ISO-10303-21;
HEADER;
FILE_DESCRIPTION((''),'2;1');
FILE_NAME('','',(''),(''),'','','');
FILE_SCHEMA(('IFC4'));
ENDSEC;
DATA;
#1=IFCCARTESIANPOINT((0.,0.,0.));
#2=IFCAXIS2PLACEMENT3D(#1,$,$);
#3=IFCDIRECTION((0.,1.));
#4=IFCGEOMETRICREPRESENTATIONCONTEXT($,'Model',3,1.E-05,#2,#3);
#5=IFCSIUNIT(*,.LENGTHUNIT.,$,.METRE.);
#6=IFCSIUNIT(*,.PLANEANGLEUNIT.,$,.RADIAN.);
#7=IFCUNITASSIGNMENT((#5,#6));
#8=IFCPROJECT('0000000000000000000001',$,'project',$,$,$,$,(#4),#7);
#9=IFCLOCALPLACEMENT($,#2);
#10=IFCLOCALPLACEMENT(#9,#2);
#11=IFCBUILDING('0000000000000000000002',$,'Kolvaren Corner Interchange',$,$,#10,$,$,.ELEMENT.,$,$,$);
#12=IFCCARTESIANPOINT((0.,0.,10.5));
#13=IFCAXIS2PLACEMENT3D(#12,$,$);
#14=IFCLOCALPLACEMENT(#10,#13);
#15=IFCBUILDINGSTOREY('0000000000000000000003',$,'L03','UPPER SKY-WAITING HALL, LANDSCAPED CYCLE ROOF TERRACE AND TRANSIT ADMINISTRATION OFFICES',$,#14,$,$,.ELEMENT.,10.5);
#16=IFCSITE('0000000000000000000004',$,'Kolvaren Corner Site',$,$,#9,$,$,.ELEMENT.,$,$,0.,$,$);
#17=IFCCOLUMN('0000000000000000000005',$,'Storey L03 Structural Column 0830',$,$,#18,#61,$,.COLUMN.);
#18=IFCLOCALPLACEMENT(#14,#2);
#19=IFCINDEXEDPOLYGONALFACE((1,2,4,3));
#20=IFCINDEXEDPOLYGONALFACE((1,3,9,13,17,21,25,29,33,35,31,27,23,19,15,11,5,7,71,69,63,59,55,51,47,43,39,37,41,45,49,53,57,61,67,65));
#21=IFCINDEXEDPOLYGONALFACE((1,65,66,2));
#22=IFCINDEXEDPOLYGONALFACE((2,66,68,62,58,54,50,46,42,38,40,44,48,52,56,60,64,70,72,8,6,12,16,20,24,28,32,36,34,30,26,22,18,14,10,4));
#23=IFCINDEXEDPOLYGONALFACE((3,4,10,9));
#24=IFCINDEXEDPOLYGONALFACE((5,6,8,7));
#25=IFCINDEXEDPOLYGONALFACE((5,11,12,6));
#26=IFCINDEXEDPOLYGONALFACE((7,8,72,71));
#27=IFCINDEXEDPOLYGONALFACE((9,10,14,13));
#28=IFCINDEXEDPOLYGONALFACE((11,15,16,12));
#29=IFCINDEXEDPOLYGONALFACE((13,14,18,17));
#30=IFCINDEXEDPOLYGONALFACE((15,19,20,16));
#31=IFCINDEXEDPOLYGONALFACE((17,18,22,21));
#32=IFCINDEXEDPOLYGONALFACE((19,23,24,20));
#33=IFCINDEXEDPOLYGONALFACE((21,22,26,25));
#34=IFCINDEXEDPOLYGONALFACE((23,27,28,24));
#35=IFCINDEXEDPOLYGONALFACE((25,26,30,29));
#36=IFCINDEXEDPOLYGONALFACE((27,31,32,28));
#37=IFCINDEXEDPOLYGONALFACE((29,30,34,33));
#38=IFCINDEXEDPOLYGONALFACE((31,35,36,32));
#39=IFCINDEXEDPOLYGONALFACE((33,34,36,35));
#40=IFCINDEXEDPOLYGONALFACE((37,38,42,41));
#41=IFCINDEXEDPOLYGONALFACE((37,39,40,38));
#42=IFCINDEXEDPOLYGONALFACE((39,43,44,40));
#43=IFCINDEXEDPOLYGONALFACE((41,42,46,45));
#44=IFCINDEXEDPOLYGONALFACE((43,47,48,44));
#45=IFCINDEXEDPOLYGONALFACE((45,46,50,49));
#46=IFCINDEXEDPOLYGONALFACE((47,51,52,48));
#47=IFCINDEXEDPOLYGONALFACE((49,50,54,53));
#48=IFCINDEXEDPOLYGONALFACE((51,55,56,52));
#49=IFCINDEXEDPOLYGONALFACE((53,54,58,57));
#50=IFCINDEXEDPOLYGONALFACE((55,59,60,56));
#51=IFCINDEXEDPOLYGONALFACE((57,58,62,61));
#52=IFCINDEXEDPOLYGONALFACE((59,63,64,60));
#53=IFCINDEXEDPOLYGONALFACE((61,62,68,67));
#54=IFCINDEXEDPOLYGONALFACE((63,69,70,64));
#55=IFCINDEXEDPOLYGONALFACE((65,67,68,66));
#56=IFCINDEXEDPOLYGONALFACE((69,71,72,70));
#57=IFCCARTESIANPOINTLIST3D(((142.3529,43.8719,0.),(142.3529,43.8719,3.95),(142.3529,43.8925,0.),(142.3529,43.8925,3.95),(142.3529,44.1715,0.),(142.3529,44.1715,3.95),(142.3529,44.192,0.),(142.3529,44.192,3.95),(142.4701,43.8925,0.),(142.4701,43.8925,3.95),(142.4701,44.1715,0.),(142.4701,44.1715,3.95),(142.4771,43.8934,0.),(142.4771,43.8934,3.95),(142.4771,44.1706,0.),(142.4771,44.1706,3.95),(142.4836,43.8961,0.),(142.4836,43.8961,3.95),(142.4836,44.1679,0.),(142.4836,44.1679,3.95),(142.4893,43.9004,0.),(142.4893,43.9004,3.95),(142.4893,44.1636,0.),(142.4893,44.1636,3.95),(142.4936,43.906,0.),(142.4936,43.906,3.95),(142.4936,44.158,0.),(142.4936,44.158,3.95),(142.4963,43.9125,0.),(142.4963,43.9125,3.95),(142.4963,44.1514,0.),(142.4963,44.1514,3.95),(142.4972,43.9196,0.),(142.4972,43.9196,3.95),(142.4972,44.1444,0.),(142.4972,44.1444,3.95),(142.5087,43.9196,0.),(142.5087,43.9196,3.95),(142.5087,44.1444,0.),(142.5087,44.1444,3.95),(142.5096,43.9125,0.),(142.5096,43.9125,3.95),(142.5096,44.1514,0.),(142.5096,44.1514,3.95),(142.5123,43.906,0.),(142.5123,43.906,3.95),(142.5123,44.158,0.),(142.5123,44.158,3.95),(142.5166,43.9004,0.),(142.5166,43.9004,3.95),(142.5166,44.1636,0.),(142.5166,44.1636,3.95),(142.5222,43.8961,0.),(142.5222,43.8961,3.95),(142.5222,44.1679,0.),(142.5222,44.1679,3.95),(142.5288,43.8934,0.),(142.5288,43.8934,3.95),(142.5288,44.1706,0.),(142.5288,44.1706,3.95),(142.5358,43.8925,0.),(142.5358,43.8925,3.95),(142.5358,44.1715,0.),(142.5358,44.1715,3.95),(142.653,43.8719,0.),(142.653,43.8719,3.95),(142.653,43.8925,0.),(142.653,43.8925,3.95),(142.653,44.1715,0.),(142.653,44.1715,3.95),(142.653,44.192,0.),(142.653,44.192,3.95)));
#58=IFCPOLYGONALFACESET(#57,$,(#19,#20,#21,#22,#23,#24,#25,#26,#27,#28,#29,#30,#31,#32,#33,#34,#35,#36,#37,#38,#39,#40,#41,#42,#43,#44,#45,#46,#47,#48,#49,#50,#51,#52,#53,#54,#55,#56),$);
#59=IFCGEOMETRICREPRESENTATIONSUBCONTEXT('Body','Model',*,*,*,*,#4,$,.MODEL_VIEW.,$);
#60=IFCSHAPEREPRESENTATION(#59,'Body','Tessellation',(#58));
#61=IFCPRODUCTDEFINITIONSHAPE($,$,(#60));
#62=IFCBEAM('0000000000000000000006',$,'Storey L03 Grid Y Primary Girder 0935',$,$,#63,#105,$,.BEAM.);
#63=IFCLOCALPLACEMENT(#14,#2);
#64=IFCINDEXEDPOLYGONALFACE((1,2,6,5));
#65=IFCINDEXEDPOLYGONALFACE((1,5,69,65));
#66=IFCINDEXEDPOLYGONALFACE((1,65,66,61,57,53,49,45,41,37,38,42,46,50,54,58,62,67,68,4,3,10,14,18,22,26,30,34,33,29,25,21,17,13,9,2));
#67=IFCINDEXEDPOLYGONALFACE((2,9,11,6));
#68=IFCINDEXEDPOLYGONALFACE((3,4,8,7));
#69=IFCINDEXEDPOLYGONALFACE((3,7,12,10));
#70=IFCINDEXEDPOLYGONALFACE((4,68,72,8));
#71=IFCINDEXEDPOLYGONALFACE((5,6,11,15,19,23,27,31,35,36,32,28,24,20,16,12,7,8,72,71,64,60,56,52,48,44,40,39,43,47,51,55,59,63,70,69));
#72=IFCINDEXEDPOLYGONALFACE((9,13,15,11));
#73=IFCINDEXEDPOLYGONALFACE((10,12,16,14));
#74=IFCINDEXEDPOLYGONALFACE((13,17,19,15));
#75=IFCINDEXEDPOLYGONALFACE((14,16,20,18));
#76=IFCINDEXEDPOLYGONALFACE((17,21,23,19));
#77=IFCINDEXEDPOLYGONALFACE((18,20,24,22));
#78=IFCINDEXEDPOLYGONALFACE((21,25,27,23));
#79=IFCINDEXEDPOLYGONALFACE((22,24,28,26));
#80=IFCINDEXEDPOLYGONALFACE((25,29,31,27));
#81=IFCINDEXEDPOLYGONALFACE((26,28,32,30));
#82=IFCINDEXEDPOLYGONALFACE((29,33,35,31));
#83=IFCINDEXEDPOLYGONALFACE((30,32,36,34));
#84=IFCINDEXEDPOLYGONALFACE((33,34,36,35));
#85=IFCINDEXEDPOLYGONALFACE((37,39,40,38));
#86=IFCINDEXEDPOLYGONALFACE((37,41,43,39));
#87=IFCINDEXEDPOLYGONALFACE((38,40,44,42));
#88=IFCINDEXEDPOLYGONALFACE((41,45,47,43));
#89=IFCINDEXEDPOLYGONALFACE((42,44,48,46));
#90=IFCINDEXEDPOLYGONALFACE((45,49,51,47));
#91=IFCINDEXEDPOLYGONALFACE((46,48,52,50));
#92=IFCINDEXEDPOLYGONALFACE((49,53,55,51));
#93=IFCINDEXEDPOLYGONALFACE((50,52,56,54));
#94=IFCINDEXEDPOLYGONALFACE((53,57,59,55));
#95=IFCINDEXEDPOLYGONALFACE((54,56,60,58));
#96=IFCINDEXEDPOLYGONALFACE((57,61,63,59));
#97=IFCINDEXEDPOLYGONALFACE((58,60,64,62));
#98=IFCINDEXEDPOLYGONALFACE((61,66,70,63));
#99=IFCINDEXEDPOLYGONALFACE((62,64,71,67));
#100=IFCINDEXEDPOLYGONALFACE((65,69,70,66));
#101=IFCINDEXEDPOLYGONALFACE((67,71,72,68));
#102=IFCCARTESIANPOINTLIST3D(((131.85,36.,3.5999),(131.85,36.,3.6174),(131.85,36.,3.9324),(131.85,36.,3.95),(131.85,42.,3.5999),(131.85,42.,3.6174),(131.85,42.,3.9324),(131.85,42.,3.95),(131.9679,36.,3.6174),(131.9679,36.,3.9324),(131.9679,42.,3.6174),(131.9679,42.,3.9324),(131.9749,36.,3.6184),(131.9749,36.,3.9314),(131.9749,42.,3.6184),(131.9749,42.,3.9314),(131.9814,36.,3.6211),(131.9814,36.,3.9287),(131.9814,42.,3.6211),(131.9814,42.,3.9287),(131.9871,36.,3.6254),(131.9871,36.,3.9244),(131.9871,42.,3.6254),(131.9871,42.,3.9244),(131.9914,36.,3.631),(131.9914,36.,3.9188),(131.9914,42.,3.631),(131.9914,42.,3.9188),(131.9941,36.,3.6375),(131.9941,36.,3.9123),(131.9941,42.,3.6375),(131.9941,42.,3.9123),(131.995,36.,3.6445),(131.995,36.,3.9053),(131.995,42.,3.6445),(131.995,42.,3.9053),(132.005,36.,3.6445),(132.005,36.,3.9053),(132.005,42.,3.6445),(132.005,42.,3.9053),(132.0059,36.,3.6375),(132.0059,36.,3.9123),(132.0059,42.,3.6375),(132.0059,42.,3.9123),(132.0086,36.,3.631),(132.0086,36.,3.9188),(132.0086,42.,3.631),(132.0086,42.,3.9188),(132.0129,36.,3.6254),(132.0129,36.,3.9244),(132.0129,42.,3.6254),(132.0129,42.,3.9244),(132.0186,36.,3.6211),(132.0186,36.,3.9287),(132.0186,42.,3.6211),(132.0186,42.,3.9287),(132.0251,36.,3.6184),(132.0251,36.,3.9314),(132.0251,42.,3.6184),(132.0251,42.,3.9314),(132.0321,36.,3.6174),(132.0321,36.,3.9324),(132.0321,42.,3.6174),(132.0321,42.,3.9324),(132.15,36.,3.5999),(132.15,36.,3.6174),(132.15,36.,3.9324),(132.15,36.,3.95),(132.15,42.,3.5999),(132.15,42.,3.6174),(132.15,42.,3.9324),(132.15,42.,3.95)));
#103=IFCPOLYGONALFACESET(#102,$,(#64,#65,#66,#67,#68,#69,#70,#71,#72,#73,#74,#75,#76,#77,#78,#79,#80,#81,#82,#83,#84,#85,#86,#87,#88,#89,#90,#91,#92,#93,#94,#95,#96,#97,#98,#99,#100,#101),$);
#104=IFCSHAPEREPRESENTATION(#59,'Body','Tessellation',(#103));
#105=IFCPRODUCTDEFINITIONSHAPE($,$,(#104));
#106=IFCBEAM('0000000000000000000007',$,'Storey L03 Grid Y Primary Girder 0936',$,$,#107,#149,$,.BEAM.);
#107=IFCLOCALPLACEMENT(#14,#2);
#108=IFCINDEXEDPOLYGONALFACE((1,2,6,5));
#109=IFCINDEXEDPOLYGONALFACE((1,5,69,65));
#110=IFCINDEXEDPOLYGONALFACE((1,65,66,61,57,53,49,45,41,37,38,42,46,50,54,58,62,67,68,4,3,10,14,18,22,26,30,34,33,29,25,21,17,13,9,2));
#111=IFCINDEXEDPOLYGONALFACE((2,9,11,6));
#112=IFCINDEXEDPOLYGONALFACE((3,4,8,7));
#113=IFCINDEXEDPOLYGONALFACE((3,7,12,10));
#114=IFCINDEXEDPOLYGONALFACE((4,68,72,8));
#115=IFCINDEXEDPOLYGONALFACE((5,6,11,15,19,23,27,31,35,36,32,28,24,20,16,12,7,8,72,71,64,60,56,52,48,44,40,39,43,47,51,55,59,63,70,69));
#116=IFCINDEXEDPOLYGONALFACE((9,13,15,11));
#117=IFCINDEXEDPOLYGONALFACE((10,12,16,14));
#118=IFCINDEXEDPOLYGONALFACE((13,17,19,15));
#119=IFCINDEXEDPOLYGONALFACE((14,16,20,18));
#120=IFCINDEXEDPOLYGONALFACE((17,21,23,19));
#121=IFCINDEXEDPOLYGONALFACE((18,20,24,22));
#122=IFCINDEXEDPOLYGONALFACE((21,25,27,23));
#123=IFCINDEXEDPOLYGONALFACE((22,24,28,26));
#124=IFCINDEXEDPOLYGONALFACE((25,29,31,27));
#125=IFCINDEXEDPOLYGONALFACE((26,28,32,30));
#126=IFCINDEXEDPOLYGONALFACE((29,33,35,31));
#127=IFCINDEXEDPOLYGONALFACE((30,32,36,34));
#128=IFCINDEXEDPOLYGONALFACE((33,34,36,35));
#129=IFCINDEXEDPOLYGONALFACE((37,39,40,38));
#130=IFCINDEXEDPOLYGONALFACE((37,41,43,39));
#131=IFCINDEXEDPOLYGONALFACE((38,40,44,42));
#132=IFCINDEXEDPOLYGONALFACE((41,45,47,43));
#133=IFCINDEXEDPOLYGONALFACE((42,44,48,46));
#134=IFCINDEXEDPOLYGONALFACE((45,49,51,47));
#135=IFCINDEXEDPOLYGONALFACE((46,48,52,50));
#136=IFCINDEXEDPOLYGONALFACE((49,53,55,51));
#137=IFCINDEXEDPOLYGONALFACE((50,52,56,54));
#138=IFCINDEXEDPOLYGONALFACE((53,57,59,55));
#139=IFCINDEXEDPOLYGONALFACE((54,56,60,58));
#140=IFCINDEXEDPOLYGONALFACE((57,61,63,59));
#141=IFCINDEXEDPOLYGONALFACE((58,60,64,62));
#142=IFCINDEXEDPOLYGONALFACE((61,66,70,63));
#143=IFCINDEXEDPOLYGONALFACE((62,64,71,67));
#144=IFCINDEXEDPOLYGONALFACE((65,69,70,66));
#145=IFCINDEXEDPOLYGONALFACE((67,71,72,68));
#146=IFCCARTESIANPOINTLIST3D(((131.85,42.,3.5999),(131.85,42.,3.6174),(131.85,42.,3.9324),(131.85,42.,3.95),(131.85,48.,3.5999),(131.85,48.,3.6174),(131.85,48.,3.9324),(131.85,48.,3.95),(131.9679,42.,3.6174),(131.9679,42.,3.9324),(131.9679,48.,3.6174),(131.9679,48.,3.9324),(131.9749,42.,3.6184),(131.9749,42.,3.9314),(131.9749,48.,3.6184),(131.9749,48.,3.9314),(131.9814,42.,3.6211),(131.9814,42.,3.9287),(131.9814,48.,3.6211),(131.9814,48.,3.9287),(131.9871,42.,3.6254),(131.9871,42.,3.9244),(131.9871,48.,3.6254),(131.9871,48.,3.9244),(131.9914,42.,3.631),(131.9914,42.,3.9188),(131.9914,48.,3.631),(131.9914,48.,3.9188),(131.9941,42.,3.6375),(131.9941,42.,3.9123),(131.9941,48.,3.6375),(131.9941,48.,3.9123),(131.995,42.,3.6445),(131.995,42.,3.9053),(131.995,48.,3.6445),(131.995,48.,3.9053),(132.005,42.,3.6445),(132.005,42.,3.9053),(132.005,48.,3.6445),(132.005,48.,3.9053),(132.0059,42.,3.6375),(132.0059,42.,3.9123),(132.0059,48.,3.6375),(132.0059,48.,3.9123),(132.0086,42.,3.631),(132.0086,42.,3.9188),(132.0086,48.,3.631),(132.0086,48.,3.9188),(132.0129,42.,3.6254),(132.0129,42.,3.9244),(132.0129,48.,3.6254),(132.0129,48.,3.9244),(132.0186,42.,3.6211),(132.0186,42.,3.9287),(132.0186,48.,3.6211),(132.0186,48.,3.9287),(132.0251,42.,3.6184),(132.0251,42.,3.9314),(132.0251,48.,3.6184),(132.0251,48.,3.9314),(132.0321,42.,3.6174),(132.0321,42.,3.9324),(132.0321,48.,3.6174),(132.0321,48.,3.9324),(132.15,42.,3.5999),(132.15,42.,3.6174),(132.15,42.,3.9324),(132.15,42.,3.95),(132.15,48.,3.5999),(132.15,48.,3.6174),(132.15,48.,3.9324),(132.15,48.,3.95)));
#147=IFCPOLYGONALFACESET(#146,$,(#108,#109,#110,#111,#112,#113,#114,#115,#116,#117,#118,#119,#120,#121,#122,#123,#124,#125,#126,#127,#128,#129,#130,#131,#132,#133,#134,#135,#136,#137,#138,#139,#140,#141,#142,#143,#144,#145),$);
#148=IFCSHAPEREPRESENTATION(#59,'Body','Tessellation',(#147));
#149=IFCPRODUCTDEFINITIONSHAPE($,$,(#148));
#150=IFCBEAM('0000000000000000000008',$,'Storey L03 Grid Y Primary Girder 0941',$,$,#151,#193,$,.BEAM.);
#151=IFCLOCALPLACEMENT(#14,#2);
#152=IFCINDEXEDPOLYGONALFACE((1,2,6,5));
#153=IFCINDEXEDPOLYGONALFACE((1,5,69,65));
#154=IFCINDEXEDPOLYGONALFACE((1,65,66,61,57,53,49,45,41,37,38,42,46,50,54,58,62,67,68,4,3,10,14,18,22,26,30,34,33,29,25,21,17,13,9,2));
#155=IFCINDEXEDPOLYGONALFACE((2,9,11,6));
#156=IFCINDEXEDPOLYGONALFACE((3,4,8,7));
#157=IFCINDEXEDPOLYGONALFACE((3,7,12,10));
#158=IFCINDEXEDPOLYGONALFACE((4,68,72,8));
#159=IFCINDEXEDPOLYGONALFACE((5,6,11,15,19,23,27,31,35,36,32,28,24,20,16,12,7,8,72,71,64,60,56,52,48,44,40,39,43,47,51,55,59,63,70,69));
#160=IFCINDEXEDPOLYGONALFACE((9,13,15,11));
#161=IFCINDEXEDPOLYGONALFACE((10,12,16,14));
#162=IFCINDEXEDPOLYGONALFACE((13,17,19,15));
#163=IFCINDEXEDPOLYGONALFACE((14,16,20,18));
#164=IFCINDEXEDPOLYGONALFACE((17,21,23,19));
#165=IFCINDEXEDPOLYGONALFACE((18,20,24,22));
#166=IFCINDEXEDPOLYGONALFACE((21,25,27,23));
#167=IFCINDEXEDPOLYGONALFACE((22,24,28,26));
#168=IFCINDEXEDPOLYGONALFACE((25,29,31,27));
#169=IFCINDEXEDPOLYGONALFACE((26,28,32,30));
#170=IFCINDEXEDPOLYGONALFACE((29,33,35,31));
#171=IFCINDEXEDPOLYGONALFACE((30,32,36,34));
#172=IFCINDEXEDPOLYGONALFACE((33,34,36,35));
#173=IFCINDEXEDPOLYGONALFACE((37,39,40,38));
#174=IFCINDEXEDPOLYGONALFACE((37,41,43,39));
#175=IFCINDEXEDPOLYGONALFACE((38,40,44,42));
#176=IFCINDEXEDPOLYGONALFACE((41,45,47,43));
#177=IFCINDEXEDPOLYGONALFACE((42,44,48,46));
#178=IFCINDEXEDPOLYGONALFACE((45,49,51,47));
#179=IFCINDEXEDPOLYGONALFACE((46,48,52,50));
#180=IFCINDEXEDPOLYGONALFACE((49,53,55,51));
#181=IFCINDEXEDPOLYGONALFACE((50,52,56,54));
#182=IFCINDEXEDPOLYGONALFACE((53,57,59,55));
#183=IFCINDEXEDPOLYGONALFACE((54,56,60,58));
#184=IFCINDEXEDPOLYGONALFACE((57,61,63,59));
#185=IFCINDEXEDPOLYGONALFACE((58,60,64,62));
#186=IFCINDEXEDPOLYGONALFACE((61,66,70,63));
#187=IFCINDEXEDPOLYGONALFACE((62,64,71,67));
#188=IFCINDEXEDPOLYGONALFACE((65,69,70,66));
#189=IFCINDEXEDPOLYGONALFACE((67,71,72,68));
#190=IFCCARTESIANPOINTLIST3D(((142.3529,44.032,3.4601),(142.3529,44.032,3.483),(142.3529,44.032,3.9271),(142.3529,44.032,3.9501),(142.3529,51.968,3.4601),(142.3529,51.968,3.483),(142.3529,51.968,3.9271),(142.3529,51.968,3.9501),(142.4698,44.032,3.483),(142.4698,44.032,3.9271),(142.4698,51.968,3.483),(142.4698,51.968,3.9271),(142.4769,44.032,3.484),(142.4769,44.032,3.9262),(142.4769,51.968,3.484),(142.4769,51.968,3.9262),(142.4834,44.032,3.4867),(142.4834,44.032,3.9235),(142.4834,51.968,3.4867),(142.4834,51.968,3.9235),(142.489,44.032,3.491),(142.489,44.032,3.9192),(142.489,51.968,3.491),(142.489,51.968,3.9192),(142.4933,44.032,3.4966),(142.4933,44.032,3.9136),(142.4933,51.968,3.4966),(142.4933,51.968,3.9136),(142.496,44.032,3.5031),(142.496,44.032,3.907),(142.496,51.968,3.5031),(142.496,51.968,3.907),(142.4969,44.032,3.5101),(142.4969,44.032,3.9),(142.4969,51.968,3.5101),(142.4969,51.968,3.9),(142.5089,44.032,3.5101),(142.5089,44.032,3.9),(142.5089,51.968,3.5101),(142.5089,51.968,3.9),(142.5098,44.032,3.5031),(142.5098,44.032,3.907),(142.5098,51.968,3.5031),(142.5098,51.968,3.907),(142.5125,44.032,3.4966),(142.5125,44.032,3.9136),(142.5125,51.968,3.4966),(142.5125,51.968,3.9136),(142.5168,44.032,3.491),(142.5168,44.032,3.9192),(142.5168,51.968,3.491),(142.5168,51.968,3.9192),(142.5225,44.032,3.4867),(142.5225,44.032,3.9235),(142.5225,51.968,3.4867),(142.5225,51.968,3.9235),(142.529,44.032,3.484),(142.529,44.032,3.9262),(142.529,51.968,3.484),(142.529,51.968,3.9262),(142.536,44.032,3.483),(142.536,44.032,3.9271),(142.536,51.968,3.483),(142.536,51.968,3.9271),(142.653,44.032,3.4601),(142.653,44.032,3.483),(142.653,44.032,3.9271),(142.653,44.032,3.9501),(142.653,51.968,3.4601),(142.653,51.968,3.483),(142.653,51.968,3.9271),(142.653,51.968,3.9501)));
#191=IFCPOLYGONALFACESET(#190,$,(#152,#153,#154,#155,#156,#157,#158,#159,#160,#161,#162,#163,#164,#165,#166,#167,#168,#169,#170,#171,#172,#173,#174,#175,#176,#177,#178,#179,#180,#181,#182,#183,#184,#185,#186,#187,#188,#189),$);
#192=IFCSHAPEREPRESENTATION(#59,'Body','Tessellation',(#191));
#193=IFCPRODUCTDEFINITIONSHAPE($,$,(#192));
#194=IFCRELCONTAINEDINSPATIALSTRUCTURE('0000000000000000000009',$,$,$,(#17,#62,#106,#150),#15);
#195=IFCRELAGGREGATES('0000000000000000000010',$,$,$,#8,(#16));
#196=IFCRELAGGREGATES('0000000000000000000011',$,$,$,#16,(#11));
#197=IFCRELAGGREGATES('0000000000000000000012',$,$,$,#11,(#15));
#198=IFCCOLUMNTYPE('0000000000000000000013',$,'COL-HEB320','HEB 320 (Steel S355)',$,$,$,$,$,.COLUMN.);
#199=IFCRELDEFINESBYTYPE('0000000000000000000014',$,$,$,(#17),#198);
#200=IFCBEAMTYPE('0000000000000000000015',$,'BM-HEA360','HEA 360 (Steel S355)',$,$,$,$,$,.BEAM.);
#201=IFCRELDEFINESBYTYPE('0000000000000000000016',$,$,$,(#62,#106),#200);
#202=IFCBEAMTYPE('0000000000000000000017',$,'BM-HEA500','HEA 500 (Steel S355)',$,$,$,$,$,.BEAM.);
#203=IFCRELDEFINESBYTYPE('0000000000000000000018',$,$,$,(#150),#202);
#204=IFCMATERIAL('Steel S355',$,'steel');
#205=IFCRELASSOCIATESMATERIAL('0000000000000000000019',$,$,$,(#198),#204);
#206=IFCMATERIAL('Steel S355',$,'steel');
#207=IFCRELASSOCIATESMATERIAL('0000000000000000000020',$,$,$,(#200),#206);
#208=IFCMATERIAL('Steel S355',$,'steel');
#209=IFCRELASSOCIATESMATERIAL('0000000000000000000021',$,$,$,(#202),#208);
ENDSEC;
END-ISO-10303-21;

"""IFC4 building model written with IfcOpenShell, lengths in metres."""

from ifc_helpers import new_model, si_unit, direction, frame, origin, origin_2d, place, context, subcontext, project, spatial, i_section, extrude, material, material_profile, profile_set, type_object, element, save


model = new_model("IFC4")

# Units and contexts
model_context = context("Model", 3, precision=1e-05, world=origin(), true_north=direction((0.0, 1.0)))
body_context = subcontext(model_context, "Body", "Model", "MODEL_VIEW")
ifc_project = project(units=[si_unit("LENGTHUNIT", "METRE"), si_unit("PLANEANGLEUNIT", "RADIAN")], contexts=[model_context])

# Site, building, storey
site_placement = place(None, origin())
site = spatial("IfcSite", under=ifc_project, at=site_placement, Name="Kolvaren Corner Site", CompositionType="ELEMENT", RefElevation=0.0)
building_placement = place(site_placement, origin())
building = spatial("IfcBuilding", under=site, at=building_placement, Name="Kolvaren Corner Interchange", CompositionType="ELEMENT")
storey_placement = place(building_placement, frame((0.0, 0.0, 10.5)))
storey = spatial("IfcBuildingStorey", under=building, at=storey_placement, Name="L03", Description="UPPER SKY-WAITING HALL, LANDSCAPED CYCLE ROOF TERRACE AND TRANSIT ADMINISTRATION OFFICES", CompositionType="ELEMENT", Elevation=10.5)

# Column
ifc_material_1 = material(Name="Steel S355", Category="steel")
ifc_material_profile_1 = material_profile(ifc_material_1, i_section(OverallWidth=0.3, OverallDepth=0.3201, WebThickness=0.0115, FlangeThickness=0.0205, FilletRadius=0.0271, at=origin_2d()), Name="HEB 320")
ifc_profile_set_1 = profile_set([ifc_material_profile_1], Name="Steel S355")
column_type_1 = type_object("IfcColumnType", Name="COL-HEB320", Description="HEB 320 (Steel S355)", PredefinedType="COLUMN", material=ifc_profile_set_1)
for number, where, z_axis, x_axis, name in (
    (1, (142.5029, 44.032, 0.0), (0.0, 0.0, 1.0), (1.0, 0.0, 0.0), "Storey L03 Structural Column 0830"),
):
    element("IfcColumn", number, at=place(storey_placement, frame(where, z_axis=z_axis, x_axis=x_axis)), inside=storey, type_object=column_type_1, Name=name, PredefinedType="COLUMN", context=body_context, shape_type="SweptSolid", body=[
        extrude(i_section(OverallWidth=0.3, OverallDepth=0.3201, WebThickness=0.0115, FlangeThickness=0.0205, FilletRadius=0.0271, at=origin_2d()), origin(), (0.0, 0.0, 1.0), 3.95),
    ])

# Beams
ifc_material_2 = material(Name="Steel S355", Category="steel")
ifc_material_profile_2 = material_profile(ifc_material_2, i_section(OverallWidth=0.3, OverallDepth=0.3501, WebThickness=0.01, FlangeThickness=0.0176, FilletRadius=0.0271, at=origin_2d()), Name="HEA 360")
ifc_profile_set_2 = profile_set([ifc_material_profile_2], Name="Steel S355")
beam_type_1 = type_object("IfcBeamType", Name="BM-HEA360", Description="HEA 360 (Steel S355)", PredefinedType="BEAM", material=ifc_profile_set_2)
for number, where, z_axis, x_axis, name in (
    (2, (132.0, 36.0, 3.7749), (0.0, 1.0, 0.0), (-1.0, 0.0, 0.0), "Storey L03 Grid Y Primary Girder 0935"),
    (3, (132.0, 42.0, 3.7749), (0.0, 1.0, 0.0), (-1.0, 0.0, 0.0), "Storey L03 Grid Y Primary Girder 0936"),
):
    element("IfcBeam", number, at=place(storey_placement, frame(where, z_axis=z_axis, x_axis=x_axis)), inside=storey, type_object=beam_type_1, Name=name, PredefinedType="BEAM", context=body_context, shape_type="SweptSolid", body=[
        extrude(i_section(OverallWidth=0.3, OverallDepth=0.3501, WebThickness=0.01, FlangeThickness=0.0176, FilletRadius=0.0271, at=origin_2d()), origin(), (0.0, 0.0, 1.0), 6.0),
    ])
ifc_material_3 = material(Name="Steel S355", Category="steel")
ifc_material_profile_3 = material_profile(ifc_material_3, i_section(OverallWidth=0.3, OverallDepth=0.49, WebThickness=0.012, FlangeThickness=0.0229, FilletRadius=0.0271, at=origin_2d()), Name="HEA 500")
ifc_profile_set_3 = profile_set([ifc_material_profile_3], Name="Steel S355")
beam_type_2 = type_object("IfcBeamType", Name="BM-HEA500", Description="HEA 500 (Steel S355)", PredefinedType="BEAM", material=ifc_profile_set_3)
beam_1_placement = place(storey_placement, frame((142.5029, 44.032, 3.7051), z_axis=(0.0, 1.0, 0.0), x_axis=(-1.0, 0.0, 0.0)))
element("IfcBeam", 4, at=beam_1_placement, inside=storey, type_object=beam_type_2, Name="Storey L03 Grid Y Primary Girder 0941", PredefinedType="BEAM", context=body_context, shape_type="SweptSolid", body=[
    extrude(i_section(OverallWidth=0.3, OverallDepth=0.49, WebThickness=0.012, FlangeThickness=0.0229, FilletRadius=0.0271, at=origin_2d()), origin(), (0.0, 0.0, 1.0), 7.936),
])

save(model, "model.ifc")
